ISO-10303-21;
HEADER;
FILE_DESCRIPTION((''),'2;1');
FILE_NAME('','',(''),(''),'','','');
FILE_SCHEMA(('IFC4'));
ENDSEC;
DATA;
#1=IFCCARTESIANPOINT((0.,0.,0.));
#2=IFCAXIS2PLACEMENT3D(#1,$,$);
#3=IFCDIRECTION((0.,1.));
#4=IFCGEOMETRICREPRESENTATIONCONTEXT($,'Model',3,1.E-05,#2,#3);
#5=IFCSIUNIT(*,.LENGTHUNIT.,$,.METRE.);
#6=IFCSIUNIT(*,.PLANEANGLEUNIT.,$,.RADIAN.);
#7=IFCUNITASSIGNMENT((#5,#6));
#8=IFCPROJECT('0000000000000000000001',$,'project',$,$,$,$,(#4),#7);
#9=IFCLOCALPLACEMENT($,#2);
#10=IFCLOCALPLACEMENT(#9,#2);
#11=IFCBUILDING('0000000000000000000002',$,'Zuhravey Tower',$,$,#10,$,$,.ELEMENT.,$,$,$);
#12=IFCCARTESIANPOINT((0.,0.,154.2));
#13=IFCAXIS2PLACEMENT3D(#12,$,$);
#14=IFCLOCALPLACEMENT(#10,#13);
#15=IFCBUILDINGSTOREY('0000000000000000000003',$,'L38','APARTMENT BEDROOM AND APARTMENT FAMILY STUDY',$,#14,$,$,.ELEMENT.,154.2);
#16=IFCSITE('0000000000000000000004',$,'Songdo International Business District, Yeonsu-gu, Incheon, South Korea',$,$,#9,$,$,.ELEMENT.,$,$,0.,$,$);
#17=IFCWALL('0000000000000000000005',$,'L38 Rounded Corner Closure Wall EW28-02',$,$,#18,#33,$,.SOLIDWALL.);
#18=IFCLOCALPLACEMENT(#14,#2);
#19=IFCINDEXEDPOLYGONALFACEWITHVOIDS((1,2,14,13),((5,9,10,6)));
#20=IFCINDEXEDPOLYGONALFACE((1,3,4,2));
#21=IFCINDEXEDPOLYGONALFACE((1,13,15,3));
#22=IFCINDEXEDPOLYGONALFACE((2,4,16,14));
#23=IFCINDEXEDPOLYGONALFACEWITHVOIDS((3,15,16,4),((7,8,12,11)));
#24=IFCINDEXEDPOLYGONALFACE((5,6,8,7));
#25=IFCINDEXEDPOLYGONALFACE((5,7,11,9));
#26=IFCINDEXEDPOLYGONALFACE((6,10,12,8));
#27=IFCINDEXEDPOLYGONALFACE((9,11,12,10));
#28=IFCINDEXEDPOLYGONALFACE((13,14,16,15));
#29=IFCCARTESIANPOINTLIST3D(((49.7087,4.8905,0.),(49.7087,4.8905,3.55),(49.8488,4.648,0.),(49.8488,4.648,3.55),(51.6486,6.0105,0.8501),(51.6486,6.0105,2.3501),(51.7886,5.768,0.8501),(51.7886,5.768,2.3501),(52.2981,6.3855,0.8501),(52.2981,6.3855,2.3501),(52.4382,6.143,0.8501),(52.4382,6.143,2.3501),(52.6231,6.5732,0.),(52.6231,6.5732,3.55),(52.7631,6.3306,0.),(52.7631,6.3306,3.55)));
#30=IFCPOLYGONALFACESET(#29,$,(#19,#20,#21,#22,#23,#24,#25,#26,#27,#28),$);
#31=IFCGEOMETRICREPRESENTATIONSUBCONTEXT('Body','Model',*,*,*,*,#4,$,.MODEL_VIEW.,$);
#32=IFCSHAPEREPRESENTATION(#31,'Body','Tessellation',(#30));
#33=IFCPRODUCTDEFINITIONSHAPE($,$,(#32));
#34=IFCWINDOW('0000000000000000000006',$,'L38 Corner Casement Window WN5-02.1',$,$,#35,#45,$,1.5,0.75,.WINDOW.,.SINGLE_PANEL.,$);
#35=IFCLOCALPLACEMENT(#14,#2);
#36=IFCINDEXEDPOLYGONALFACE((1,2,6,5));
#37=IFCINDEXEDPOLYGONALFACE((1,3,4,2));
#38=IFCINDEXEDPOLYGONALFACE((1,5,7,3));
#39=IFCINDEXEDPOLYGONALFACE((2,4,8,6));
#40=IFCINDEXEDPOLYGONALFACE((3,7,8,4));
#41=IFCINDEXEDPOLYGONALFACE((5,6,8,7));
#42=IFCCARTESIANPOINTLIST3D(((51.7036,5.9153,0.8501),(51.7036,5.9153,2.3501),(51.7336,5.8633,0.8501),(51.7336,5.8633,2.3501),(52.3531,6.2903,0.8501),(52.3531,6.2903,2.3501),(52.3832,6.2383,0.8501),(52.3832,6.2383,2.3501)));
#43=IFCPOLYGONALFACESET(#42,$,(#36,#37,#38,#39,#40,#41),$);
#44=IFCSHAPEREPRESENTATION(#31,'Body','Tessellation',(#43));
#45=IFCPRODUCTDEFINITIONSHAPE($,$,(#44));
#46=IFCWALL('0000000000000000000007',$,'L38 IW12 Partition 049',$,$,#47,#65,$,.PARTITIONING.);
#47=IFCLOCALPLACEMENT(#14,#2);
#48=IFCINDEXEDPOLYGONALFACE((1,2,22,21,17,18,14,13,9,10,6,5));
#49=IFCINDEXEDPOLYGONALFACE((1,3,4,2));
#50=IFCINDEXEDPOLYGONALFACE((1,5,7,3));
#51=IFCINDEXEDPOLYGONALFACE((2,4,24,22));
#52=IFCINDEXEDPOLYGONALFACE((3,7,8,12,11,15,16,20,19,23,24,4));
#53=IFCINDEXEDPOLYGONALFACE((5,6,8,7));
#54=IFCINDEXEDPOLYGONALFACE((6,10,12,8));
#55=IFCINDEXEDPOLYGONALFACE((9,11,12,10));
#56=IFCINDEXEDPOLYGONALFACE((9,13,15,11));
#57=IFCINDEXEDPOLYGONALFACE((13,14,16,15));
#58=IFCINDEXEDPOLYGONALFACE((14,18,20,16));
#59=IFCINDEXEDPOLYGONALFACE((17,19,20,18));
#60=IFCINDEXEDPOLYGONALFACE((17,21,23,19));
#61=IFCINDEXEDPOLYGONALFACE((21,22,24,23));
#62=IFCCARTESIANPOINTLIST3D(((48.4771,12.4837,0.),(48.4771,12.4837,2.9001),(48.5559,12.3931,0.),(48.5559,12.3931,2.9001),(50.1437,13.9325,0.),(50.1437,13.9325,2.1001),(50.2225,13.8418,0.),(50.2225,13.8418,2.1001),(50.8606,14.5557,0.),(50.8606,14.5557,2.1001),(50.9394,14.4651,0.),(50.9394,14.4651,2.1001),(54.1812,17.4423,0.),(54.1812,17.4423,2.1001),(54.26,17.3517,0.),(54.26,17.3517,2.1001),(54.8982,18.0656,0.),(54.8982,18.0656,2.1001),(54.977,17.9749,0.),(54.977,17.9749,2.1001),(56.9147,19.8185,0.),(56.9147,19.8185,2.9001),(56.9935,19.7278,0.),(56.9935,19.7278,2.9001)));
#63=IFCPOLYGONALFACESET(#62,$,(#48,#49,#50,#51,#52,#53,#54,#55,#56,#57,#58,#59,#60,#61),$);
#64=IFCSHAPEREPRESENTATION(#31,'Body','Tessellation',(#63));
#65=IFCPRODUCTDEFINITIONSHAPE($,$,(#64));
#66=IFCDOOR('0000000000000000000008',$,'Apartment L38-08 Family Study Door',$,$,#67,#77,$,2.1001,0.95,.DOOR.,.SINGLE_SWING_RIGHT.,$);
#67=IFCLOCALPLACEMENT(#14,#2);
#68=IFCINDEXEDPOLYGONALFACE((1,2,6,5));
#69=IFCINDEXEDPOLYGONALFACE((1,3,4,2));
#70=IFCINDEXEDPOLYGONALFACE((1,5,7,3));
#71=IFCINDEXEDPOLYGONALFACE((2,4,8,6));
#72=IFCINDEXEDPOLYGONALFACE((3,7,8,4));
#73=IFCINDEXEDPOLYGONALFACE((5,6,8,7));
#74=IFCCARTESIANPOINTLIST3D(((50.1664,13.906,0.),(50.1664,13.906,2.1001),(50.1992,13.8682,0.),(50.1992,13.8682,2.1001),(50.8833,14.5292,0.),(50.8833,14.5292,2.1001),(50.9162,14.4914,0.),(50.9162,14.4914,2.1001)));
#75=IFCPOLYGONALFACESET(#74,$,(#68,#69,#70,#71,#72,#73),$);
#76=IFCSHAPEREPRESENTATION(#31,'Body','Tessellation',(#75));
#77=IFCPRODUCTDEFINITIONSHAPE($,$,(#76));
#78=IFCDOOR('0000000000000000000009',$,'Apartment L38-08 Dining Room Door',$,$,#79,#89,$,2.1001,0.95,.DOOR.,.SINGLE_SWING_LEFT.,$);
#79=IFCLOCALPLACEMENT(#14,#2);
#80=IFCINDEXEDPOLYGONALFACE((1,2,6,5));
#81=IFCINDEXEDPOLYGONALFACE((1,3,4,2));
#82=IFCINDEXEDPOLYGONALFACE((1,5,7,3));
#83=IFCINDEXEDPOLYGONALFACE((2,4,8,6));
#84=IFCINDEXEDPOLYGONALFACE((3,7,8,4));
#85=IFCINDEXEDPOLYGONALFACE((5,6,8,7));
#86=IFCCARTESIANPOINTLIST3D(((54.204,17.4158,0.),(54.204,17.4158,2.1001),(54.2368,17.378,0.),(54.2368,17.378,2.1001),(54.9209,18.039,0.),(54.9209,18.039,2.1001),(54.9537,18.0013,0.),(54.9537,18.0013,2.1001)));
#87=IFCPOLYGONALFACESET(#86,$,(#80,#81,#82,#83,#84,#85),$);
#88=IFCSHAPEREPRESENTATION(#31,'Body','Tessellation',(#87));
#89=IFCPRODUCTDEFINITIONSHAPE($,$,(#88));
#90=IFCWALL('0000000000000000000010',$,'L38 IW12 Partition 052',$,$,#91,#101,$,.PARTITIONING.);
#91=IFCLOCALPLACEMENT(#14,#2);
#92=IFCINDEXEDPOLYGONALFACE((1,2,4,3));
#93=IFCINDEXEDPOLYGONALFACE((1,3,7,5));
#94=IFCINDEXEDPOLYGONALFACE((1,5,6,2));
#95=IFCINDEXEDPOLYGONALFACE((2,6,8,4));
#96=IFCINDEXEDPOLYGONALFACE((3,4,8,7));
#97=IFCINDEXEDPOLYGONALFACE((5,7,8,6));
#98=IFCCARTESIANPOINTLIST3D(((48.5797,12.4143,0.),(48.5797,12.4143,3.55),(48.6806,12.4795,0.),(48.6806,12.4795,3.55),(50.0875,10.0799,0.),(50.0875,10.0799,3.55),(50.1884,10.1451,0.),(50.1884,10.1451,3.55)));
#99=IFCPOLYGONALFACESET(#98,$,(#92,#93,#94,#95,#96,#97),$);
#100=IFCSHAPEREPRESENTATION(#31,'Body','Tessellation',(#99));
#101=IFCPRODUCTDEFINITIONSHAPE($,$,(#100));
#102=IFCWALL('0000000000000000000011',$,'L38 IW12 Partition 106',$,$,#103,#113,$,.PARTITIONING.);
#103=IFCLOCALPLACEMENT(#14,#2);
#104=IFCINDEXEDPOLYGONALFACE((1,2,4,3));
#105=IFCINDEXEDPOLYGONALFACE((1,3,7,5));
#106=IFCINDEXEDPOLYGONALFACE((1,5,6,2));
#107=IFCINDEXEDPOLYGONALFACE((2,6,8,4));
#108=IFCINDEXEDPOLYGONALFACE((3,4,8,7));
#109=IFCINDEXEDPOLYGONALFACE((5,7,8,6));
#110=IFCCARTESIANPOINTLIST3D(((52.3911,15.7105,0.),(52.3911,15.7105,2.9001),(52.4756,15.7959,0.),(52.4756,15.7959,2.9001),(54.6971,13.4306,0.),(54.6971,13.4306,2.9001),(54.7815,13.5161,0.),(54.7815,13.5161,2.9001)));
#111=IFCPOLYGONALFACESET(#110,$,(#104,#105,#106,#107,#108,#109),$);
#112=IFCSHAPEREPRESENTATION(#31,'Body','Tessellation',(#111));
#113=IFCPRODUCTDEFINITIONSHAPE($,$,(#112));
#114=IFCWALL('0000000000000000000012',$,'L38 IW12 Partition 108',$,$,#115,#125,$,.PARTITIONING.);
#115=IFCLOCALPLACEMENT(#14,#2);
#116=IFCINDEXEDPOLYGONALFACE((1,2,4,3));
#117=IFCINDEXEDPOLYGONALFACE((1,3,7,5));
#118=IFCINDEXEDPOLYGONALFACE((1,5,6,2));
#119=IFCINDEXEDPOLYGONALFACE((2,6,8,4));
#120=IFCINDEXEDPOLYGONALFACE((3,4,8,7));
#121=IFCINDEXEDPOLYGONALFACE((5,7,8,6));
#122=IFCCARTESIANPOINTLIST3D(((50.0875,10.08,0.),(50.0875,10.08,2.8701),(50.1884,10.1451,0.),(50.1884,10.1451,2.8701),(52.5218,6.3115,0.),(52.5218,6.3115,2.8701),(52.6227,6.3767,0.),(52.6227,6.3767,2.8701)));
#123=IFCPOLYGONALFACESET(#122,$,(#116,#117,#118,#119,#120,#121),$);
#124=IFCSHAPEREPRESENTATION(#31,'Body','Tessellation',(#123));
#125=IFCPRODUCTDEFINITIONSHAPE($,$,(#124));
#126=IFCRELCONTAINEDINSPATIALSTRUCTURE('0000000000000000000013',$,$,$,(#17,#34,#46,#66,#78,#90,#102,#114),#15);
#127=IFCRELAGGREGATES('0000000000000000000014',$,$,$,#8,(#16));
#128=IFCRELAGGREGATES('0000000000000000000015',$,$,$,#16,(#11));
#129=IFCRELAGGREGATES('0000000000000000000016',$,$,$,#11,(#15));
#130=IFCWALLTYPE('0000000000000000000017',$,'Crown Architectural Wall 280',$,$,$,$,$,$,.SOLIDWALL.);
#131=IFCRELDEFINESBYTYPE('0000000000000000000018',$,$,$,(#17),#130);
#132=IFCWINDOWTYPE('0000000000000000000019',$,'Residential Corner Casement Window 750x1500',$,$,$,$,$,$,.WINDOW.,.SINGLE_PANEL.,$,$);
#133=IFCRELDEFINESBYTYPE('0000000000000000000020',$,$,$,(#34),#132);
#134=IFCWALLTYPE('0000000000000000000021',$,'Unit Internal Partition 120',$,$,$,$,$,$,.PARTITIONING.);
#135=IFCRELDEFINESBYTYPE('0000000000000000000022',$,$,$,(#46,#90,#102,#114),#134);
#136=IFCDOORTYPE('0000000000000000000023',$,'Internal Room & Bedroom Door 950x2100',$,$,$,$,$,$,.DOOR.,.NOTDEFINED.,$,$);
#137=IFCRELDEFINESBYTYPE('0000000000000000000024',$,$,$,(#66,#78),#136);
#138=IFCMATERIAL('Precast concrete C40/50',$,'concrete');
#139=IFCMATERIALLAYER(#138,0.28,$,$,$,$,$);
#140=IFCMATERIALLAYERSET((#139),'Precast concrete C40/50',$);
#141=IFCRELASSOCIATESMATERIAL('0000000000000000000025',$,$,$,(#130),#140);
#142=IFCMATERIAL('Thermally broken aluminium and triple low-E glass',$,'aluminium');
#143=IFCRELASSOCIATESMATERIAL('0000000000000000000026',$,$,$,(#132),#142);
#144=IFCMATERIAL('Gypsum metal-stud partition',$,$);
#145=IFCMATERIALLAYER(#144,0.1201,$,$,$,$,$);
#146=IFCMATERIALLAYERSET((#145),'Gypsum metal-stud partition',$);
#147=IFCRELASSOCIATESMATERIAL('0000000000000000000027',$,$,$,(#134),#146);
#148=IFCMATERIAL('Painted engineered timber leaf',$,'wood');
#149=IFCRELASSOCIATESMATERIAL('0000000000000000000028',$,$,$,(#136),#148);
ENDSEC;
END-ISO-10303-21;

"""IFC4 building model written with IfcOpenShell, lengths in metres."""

from ifc_helpers import new_model, si_unit, direction, frame, frame_2d, origin, place, context, subcontext, project, spatial, rectangle, extrude, material, layer, layer_set, type_object, element, fill, save


model = new_model("IFC4")

# Units and contexts
model_context = context("Model", 3, precision=1e-05, world=origin(), true_north=direction((0.0, 1.0)))
body_context = subcontext(model_context, "Body", "Model", "MODEL_VIEW")
ifc_project = project(units=[si_unit("LENGTHUNIT", "METRE"), si_unit("PLANEANGLEUNIT", "RADIAN")], contexts=[model_context])

# Site, building, storey
site_placement = place(None, origin())
site = spatial("IfcSite", under=ifc_project, at=site_placement, Name="Songdo International Business District, Yeonsu-gu, Incheon, South Korea", CompositionType="ELEMENT", RefElevation=0.0)
building_placement = place(site_placement, origin())
building = spatial("IfcBuilding", under=site, at=building_placement, Name="Zuhravey Tower", CompositionType="ELEMENT")
storey_placement = place(building_placement, frame((0.0, 0.0, 154.2)))
storey = spatial("IfcBuildingStorey", under=building, at=storey_placement, Name="L38", Description="APARTMENT BEDROOM AND APARTMENT FAMILY STUDY", CompositionType="ELEMENT", Elevation=154.2)

# Shared definitions
ifc_material_1 = material(Name="Precast concrete C40/50", Category="concrete")
ifc_layer_1 = layer(ifc_material_1, 0.28)
ifc_layer_set_1 = layer_set([ifc_layer_1], Name="Precast concrete C40/50")
wall_type_1 = type_object("IfcWallType", Name="Crown Architectural Wall 280", PredefinedType="SOLIDWALL", material=ifc_layer_set_1)

# Wall, opening, window
wall_1_placement = place(storey_placement, frame((52.6931, 6.4519, 0.0), z_axis=(0.0, 0.0, 1.0), x_axis=(-0.86602, -0.500009, 0.0)))
wall_1 = element("IfcWall", 1, at=wall_1_placement, inside=storey, type_object=wall_type_1, Name="L38 Rounded Corner Closure Wall EW28-02", PredefinedType="SOLIDWALL", context=body_context, shape_type="SweptSolid", body=[
    extrude(rectangle(XDim=3.3652, YDim=0.28, at=frame_2d((1.6826, 0.0))), origin(), (0.0, 0.0, 1.0), 3.55),
])
opening_1_placement = place(wall_1_placement, frame((0.3752, 0.0, 0.8501)))
opening_1 = element("IfcOpeningElement", 2, at=opening_1_placement, cuts=wall_1, PredefinedType="OPENING", context=body_context, shape_type="SweptSolid", body=[
    extrude(rectangle(XDim=0.75, YDim=1.5, at=frame_2d((0.375, 0.75))), frame((0.0, 0.1521, 0.0), z_axis=(0.0, -1.0, 0.0), x_axis=(1.0, 0.0, 0.0)), (0.0, 0.0, 1.0), 0.304),
])
ifc_material_2 = material(Name="Thermally broken aluminium and triple low-E glass", Category="aluminium")
window_type = type_object("IfcWindowType", Name="Residential Corner Casement Window 750x1500", PartitioningType="SINGLE_PANEL", PredefinedType="WINDOW", material=ifc_material_2)
window_placement = place(opening_1_placement, origin())
window = element("IfcWindow", 3, at=window_placement, inside=storey, type_object=window_type, Name="L38 Corner Casement Window WN5-02.1", OverallHeight=1.5, OverallWidth=0.75, PartitioningType="SINGLE_PANEL", PredefinedType="WINDOW", context=body_context, shape_type="SweptSolid", body=[
    extrude(rectangle(XDim=0.75, YDim=1.5, at=frame_2d((0.375, 0.75))), frame((0.0, 0.03, 0.0), z_axis=(0.0, -1.0, 0.0), x_axis=(1.0, 0.0, 0.0)), (0.0, 0.0, 1.0), 0.0601),
])
fill(opening_1, window)

# Wall, openings, doors
ifc_material_3 = material(Name="Gypsum metal-stud partition")
ifc_layer_2 = layer(ifc_material_3, 0.1201)
ifc_layer_set_2 = layer_set([ifc_layer_2], Name="Gypsum metal-stud partition")
wall_type_2 = type_object("IfcWallType", Name="Unit Internal Partition 120", PredefinedType="PARTITIONING", material=ifc_layer_set_2)
wall_2_placement = place(storey_placement, frame((48.5166, 12.4385, 0.0), z_axis=(0.0, 0.0, 1.0), x_axis=(0.754705, 0.656065, 0.0)))
wall_2 = element("IfcWall", 4, at=wall_2_placement, inside=storey, type_object=wall_type_2, Name="L38 IW12 Partition 049", PredefinedType="PARTITIONING", context=body_context, shape_type="SweptSolid", body=[
    extrude(rectangle(XDim=11.1799, YDim=0.1201, at=frame_2d((5.5898, 0.0))), origin(), (0.0, 0.0, 1.0), 2.9001),
])
opening_2_placement = place(wall_2_placement, frame((2.208, 0.0, 0.0)))
opening_2 = element("IfcOpeningElement", 5, at=opening_2_placement, cuts=wall_2, PredefinedType="OPENING", context=body_context, shape_type="SweptSolid", body=[
    extrude(rectangle(XDim=0.95, YDim=2.1001, at=frame_2d((0.4751, 1.05))), frame((0.0, 0.072, 0.0), z_axis=(0.0, -1.0, 0.0), x_axis=(1.0, 0.0, 0.0)), (0.0, 0.0, 1.0), 0.144),
])
opening_3_placement = place(wall_2_placement, frame((7.5579, 0.0, 0.0)))
opening_3 = element("IfcOpeningElement", 6, at=opening_3_placement, cuts=wall_2, PredefinedType="OPENING", context=body_context, shape_type="SweptSolid", body=[
    extrude(rectangle(XDim=0.95, YDim=2.1001, at=frame_2d((0.4751, 1.05))), frame((0.0, 0.072, 0.0), z_axis=(0.0, -1.0, 0.0), x_axis=(1.0, 0.0, 0.0)), (0.0, 0.0, 1.0), 0.144),
])
ifc_material_4 = material(Name="Painted engineered timber leaf", Category="wood")
door_type_1 = type_object("IfcDoorType", Name="Internal Room & Bedroom Door 950x2100", OperationType="NOTDEFINED", PredefinedType="DOOR", material=ifc_material_4)
door_1_placement = place(opening_2_placement, frame((0.95, 0.0, 0.0), z_axis=(0.0, 0.0, 1.0), x_axis=(-1.0, 0.0, 0.0)))
door_1 = element("IfcDoor", 7, at=door_1_placement, inside=storey, type_object=door_type_1, Name="Apartment L38-08 Family Study Door", OperationType="SINGLE_SWING_RIGHT", OverallHeight=2.1001, OverallWidth=0.95, PredefinedType="DOOR", context=body_context, shape_type="SweptSolid", body=[
    extrude(rectangle(XDim=0.95, YDim=2.1001, at=frame_2d((0.4751, 1.05))), frame((0.0, 0.0249, 0.0), z_axis=(0.0, -1.0, 0.0), x_axis=(1.0, 0.0, 0.0)), (0.0, 0.0, 1.0), 0.05),
])
fill(opening_2, door_1)
door_2_placement = place(opening_3_placement, frame((0.95, 0.0, 0.0), z_axis=(0.0, 0.0, 1.0), x_axis=(-1.0, 0.0, 0.0)))
door_2 = element("IfcDoor", 8, at=door_2_placement, inside=storey, type_object=door_type_1, Name="Apartment L38-08 Dining Room Door", OperationType="SINGLE_SWING_LEFT", OverallHeight=2.1001, OverallWidth=0.95, PredefinedType="DOOR", context=body_context, shape_type="SweptSolid", body=[
    extrude(rectangle(XDim=0.95, YDim=2.1001, at=frame_2d((0.4751, 1.05))), frame((0.0, 0.0249, 0.0), z_axis=(0.0, -1.0, 0.0), x_axis=(1.0, 0.0, 0.0)), (0.0, 0.0, 1.0), 0.05),
])
fill(opening_3, door_2)

# Walls
wall_3_placement = place(storey_placement, frame((48.6301, 12.447, 0.0), z_axis=(0.0, 0.0, 1.0), x_axis=(0.542559, -0.840018, 0.0)))
element("IfcWall", 9, at=wall_3_placement, inside=storey, type_object=wall_type_2, Name="L38 IW12 Partition 052", PredefinedType="PARTITIONING", context=body_context, shape_type="SweptSolid", body=[
    extrude(rectangle(XDim=2.7791, YDim=0.1201, at=frame_2d((1.3896, 0.0))), origin(), (0.0, 0.0, 1.0), 3.55),
])
wall_4_placement = place(storey_placement, frame((52.4333, 15.7532, 0.0), z_axis=(0.0, 0.0, 1.0), x_axis=(0.711123, -0.703067, 0.0)))
element("IfcWall", 10, at=wall_4_placement, inside=storey, type_object=wall_type_2, Name="L38 IW12 Partition 106", PredefinedType="PARTITIONING", context=body_context, shape_type="SweptSolid", body=[
    extrude(rectangle(XDim=3.2427, YDim=0.1201, at=frame_2d((1.6213, 0.0))), origin(), (0.0, 0.0, 1.0), 2.9001),
])
wall_5_placement = place(storey_placement, frame((50.1379, 10.1125, 0.0), z_axis=(0.0, 0.0, 1.0), x_axis=(0.542599, -0.839992, 0.0)))
element("IfcWall", 11, at=wall_5_placement, inside=storey, type_object=wall_type_2, Name="L38 IW12 Partition 108", PredefinedType="PARTITIONING", context=body_context, shape_type="SweptSolid", body=[
    extrude(rectangle(XDim=4.4863, YDim=0.1201, at=frame_2d((2.2432, 0.0))), origin(), (0.0, 0.0, 1.0), 2.8701),
])

save(model, "model.ifc")
